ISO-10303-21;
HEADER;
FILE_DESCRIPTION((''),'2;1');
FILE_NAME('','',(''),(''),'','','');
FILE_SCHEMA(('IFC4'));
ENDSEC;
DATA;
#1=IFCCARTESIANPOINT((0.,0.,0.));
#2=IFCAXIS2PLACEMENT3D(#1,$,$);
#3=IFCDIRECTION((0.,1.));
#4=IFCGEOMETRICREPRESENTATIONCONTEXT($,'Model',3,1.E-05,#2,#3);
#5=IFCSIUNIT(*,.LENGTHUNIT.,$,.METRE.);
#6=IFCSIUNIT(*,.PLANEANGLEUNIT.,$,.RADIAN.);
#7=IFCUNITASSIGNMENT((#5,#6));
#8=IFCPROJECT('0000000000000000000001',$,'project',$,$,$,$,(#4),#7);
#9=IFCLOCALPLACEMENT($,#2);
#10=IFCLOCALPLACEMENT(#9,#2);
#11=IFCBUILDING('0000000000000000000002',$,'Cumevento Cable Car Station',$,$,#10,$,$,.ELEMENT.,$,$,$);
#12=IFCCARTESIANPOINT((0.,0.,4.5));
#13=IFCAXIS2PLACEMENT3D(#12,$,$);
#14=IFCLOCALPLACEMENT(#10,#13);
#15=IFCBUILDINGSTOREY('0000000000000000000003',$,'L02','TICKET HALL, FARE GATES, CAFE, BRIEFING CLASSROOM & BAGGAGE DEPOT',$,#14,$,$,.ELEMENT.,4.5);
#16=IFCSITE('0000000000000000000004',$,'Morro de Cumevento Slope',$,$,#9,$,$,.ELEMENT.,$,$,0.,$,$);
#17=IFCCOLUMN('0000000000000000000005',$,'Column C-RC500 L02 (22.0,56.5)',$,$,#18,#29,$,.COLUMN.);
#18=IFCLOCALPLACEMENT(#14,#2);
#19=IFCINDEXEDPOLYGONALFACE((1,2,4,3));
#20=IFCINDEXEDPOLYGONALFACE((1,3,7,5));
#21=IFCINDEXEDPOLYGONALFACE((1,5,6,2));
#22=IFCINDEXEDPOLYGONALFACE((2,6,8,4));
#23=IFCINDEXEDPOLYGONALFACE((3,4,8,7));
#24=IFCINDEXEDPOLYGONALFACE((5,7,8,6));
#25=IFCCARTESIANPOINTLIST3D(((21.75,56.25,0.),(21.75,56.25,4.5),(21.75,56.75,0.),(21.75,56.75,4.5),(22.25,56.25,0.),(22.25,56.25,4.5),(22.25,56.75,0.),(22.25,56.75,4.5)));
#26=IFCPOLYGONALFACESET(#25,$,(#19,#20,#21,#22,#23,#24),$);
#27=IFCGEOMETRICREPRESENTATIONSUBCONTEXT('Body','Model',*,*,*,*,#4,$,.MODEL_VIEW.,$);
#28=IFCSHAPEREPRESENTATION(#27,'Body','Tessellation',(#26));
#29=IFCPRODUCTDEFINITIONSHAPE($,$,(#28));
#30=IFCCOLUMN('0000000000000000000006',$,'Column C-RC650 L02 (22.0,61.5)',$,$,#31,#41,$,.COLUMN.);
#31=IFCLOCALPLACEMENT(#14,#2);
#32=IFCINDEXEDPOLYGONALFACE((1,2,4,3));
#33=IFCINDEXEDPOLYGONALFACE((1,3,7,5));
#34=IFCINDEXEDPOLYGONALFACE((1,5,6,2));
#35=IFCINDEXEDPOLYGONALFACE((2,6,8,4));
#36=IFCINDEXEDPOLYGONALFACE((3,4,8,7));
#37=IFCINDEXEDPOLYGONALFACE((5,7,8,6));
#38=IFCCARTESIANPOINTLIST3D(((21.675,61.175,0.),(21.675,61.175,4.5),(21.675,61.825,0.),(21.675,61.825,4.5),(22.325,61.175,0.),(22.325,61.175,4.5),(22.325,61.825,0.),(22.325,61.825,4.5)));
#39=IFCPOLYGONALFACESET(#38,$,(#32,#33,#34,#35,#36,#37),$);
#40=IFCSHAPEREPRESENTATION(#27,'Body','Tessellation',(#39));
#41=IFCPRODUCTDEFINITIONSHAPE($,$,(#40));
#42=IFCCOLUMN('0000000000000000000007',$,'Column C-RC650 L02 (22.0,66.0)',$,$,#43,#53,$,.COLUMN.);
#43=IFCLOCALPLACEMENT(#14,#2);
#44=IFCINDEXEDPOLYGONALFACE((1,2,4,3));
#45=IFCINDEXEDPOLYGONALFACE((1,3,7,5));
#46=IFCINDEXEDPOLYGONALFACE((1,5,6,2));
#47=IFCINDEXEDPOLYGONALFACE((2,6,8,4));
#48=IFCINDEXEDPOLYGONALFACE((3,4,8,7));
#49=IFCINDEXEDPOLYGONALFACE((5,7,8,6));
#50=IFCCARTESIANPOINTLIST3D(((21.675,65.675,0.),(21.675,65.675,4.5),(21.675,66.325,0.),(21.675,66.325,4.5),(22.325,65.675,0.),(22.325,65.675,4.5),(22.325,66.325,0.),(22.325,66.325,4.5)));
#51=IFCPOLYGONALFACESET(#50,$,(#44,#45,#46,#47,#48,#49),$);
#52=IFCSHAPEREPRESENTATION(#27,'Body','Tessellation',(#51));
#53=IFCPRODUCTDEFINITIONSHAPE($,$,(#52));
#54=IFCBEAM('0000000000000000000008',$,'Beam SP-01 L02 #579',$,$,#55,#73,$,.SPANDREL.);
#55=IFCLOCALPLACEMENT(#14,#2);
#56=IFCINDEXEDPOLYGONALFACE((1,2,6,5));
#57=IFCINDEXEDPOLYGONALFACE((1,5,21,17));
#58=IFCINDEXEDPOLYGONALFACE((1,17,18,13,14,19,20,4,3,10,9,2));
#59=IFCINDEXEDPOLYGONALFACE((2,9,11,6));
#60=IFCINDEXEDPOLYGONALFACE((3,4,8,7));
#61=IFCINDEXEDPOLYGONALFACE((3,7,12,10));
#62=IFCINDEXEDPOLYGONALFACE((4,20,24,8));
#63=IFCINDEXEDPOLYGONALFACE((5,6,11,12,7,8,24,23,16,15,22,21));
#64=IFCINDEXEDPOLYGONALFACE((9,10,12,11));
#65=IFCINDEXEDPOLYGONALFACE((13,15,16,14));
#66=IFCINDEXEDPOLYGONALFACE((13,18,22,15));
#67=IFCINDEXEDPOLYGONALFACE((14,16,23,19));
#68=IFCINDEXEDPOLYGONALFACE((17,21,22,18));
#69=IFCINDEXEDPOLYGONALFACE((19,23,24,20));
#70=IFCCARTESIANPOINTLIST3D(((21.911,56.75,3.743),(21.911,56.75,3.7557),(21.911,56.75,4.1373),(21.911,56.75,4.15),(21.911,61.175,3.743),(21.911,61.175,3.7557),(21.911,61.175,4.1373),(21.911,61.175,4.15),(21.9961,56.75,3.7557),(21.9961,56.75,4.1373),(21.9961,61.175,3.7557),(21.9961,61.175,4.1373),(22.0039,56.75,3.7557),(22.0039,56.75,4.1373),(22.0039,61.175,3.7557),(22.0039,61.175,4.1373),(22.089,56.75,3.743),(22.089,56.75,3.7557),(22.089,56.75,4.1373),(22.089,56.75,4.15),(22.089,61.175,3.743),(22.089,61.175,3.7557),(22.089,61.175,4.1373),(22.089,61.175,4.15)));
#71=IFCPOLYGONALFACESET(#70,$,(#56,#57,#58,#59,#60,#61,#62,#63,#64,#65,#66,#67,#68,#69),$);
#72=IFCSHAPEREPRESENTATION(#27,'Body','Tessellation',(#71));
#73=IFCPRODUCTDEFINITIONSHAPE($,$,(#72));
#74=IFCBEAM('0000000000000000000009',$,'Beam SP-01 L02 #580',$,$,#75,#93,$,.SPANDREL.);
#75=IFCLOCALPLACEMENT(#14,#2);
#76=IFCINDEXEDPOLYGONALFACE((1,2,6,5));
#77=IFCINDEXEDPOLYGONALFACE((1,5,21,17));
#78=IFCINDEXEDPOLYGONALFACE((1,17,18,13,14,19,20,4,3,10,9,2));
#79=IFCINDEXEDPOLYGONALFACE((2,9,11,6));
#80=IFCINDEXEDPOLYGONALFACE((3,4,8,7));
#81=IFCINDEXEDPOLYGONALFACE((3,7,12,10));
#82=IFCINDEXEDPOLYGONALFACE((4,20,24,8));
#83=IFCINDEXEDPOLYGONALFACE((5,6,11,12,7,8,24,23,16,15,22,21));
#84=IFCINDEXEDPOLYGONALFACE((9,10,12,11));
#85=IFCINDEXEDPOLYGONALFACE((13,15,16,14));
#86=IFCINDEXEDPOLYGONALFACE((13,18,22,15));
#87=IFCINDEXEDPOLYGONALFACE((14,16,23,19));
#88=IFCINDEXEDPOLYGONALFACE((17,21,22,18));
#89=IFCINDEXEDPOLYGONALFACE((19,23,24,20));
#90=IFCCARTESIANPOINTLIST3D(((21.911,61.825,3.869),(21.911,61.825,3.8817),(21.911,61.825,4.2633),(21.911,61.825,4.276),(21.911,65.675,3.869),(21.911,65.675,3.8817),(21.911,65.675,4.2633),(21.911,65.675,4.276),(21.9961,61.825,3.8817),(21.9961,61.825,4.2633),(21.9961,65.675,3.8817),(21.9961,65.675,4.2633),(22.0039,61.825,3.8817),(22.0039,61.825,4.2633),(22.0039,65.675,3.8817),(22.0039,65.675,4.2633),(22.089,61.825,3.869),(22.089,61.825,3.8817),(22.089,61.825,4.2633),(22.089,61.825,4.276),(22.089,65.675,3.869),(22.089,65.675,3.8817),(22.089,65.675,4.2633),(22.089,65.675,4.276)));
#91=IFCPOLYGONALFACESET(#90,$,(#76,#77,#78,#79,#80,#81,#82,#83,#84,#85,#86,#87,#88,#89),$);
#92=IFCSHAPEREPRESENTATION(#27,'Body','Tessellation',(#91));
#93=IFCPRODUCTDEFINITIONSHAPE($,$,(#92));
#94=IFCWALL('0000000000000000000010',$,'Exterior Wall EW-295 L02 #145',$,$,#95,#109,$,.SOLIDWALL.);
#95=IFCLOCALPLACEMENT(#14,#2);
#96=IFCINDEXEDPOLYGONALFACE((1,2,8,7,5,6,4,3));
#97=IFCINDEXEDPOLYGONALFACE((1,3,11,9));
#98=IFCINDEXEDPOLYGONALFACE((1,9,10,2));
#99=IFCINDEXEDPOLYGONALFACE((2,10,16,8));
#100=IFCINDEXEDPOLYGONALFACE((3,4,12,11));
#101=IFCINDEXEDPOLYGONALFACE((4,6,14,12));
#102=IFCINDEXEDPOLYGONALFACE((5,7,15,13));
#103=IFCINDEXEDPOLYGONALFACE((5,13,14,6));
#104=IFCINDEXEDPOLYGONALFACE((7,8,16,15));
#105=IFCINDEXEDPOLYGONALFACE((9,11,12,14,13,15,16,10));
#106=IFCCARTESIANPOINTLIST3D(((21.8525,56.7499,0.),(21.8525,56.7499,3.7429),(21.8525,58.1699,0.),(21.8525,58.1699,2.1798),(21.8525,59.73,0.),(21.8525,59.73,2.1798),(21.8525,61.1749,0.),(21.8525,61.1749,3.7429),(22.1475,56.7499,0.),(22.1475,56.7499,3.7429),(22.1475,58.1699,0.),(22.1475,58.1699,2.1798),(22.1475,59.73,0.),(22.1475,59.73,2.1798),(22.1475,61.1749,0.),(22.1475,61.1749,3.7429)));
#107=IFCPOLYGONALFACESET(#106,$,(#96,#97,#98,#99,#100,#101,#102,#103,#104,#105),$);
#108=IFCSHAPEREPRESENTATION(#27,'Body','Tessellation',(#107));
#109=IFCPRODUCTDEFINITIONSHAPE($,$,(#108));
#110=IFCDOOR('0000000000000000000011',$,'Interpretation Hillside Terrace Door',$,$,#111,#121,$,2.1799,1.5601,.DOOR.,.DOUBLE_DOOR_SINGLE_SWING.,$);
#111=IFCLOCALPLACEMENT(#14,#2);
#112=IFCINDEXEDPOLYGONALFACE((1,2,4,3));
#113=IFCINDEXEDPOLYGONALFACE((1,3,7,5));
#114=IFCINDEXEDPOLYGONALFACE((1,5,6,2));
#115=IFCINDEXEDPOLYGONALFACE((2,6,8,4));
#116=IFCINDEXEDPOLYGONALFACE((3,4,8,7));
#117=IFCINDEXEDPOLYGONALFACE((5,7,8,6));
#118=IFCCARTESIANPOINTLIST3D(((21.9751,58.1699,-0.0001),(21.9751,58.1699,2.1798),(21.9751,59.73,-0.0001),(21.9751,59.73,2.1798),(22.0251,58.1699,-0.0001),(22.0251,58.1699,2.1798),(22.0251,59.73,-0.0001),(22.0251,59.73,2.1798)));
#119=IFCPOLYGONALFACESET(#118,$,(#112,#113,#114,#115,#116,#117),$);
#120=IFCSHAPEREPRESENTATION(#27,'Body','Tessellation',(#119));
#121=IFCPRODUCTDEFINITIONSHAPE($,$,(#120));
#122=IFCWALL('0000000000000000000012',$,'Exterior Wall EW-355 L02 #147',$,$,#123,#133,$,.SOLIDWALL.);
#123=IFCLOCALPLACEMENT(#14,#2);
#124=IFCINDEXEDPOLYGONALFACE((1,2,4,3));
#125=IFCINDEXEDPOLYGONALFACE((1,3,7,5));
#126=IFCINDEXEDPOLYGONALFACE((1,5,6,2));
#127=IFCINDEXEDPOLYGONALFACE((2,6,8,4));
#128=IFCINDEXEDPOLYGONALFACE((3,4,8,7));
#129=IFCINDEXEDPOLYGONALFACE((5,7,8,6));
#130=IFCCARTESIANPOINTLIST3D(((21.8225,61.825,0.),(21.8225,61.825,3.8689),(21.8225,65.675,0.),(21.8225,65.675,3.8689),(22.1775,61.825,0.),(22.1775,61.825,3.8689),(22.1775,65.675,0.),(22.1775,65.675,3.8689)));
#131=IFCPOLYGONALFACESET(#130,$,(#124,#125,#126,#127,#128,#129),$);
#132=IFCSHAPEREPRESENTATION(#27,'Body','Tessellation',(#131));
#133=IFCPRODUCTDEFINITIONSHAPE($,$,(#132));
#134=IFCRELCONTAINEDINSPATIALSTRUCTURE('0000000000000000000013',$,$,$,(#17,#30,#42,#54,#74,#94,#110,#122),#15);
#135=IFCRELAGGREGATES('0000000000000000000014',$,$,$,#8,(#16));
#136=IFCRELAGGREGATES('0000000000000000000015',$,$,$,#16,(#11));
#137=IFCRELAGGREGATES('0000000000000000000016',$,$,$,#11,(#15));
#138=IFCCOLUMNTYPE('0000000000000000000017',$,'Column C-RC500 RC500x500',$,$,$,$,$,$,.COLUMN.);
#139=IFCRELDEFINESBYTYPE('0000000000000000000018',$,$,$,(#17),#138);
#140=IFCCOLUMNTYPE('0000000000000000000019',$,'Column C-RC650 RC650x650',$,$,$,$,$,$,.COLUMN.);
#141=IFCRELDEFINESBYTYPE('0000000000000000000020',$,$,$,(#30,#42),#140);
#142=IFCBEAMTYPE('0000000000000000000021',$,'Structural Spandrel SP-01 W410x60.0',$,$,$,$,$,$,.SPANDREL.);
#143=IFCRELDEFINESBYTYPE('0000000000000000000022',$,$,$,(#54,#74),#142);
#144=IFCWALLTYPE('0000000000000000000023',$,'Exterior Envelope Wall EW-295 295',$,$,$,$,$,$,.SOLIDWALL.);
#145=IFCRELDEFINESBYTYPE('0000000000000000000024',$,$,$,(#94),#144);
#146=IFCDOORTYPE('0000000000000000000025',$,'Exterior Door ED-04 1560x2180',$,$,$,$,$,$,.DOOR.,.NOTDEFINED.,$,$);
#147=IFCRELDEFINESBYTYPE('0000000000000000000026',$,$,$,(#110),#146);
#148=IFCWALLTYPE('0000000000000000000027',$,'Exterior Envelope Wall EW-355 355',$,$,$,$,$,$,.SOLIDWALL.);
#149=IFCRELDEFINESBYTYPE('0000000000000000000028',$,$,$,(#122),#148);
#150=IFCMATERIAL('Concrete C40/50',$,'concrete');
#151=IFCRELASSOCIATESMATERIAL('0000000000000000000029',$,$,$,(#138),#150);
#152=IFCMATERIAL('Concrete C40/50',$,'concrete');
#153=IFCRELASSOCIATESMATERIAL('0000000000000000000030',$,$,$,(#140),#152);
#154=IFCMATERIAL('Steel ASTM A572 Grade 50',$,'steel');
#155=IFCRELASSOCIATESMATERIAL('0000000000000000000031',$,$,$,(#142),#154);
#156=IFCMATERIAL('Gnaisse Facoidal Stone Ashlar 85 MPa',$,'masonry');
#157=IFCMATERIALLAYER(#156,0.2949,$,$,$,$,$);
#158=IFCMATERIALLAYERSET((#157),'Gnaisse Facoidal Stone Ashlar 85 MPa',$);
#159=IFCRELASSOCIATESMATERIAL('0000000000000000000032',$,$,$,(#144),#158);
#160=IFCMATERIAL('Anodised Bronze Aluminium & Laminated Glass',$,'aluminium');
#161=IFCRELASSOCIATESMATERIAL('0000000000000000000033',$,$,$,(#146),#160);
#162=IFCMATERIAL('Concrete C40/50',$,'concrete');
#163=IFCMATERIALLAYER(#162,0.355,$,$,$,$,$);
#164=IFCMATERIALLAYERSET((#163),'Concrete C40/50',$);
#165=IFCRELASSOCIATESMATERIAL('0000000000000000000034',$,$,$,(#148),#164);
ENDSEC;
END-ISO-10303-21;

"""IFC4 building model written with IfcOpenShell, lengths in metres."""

from ifc_helpers import new_model, si_unit, direction, frame, frame_2d, origin, origin_2d, place, context, subcontext, project, spatial, rectangle, i_section, extrude, material, layer, layer_set, material_profile, profile_set, type_object, element, fill, save


model = new_model("IFC4")

# Units and contexts
model_context = context("Model", 3, precision=1e-05, world=origin(), true_north=direction((0.0, 1.0)))
body_context = subcontext(model_context, "Body", "Model", "MODEL_VIEW")
ifc_project = project(units=[si_unit("LENGTHUNIT", "METRE"), si_unit("PLANEANGLEUNIT", "RADIAN")], contexts=[model_context])

# Site, building, storey
site_placement = place(None, origin())
site = spatial("IfcSite", under=ifc_project, at=site_placement, Name="Morro de Cumevento Slope", CompositionType="ELEMENT", RefElevation=0.0)
building_placement = place(site_placement, origin())
building = spatial("IfcBuilding", under=site, at=building_placement, Name="Cumevento Cable Car Station", CompositionType="ELEMENT")
storey_placement = place(building_placement, frame((0.0, 0.0, 4.5)))
storey = spatial("IfcBuildingStorey", under=building, at=storey_placement, Name="L02", Description="TICKET HALL, FARE GATES, CAFE, BRIEFING CLASSROOM & BAGGAGE DEPOT", CompositionType="ELEMENT", Elevation=4.5)

# Columns
ifc_material_1 = material(Name="Concrete C40/50", Category="concrete")
ifc_material_profile_1 = material_profile(ifc_material_1, rectangle(XDim=0.5, YDim=0.5, at=origin_2d()), Name="RC500x500")
ifc_profile_set_1 = profile_set([ifc_material_profile_1], Name="Concrete C40/50")
column_type_1 = type_object("IfcColumnType", Name="Column C-RC500 RC500x500", PredefinedType="COLUMN", material=ifc_profile_set_1)
column_placement = place(storey_placement, frame((22.0, 56.5, 0.0), z_axis=(0.0, 0.0, 1.0), x_axis=(1.0, 0.0, 0.0)))
element("IfcColumn", 1, at=column_placement, inside=storey, type_object=column_type_1, Name="Column C-RC500 L02 (22.0,56.5)", PredefinedType="COLUMN", context=body_context, shape_type="SweptSolid", body=[
    extrude(rectangle(XDim=0.5, YDim=0.5, at=origin_2d()), origin(), (0.0, 0.0, 1.0), 4.5),
])
ifc_material_2 = material(Name="Concrete C40/50", Category="concrete")
ifc_material_profile_2 = material_profile(ifc_material_2, rectangle(XDim=0.6499, YDim=0.6499, at=origin_2d()), Name="RC650x650")
ifc_profile_set_2 = profile_set([ifc_material_profile_2], Name="Concrete C40/50")
column_type_2 = type_object("IfcColumnType", Name="Column C-RC650 RC650x650", PredefinedType="COLUMN", material=ifc_profile_set_2)
for number, where, z_axis, x_axis, name in (
    (2, (22.0, 61.5, 0.0), (0.0, 0.0, 1.0), (1.0, 0.0, 0.0), "Column C-RC650 L02 (22.0,61.5)"),
    (3, (22.0, 66.0, 0.0), (0.0, 0.0, 1.0), (1.0, 0.0, 0.0), "Column C-RC650 L02 (22.0,66.0)"),
):
    element("IfcColumn", number, at=place(storey_placement, frame(where, z_axis=z_axis, x_axis=x_axis)), inside=storey, type_object=column_type_2, Name=name, PredefinedType="COLUMN", context=body_context, shape_type="SweptSolid", body=[
        extrude(rectangle(XDim=0.6499, YDim=0.6499, at=origin_2d()), origin(), (0.0, 0.0, 1.0), 4.5),
    ])

# Beams
ifc_material_3 = material(Name="Steel ASTM A572 Grade 50", Category="steel")
ifc_material_profile_3 = material_profile(ifc_material_3, i_section(OverallWidth=0.178, OverallDepth=0.407, WebThickness=0.0078, FlangeThickness=0.0127, at=origin_2d()), Name="W410x60.0")
ifc_profile_set_3 = profile_set([ifc_material_profile_3], Name="Steel ASTM A572 Grade 50")
beam_type = type_object("IfcBeamType", Name="Structural Spandrel SP-01 W410x60.0", PredefinedType="SPANDREL", material=ifc_profile_set_3)
beam_1_placement = place(storey_placement, frame((22.0, 56.75, 3.9465), z_axis=(0.0, 1.0, 0.0), x_axis=(-1.0, 0.0, 0.0)))
element("IfcBeam", 4, at=beam_1_placement, inside=storey, type_object=beam_type, Name="Beam SP-01 L02 #579", PredefinedType="SPANDREL", context=body_context, shape_type="SweptSolid", body=[
    extrude(i_section(OverallWidth=0.178, OverallDepth=0.407, WebThickness=0.0078, FlangeThickness=0.0127, at=origin_2d()), origin(), (0.0, 0.0, 1.0), 4.425),
])
beam_2_placement = place(storey_placement, frame((22.0, 61.825, 4.0725), z_axis=(0.0, 1.0, 0.0), x_axis=(-1.0, 0.0, 0.0)))
element("IfcBeam", 5, at=beam_2_placement, inside=storey, type_object=beam_type, Name="Beam SP-01 L02 #580", PredefinedType="SPANDREL", context=body_context, shape_type="SweptSolid", body=[
    extrude(i_section(OverallWidth=0.178, OverallDepth=0.407, WebThickness=0.0078, FlangeThickness=0.0127, at=origin_2d()), origin(), (0.0, 0.0, 1.0), 3.8501),
])

# Wall, opening, door
ifc_material_4 = material(Name="Gnaisse Facoidal Stone Ashlar 85 MPa", Category="masonry")
ifc_layer_1 = layer(ifc_material_4, 0.2949)
ifc_layer_set_1 = layer_set([ifc_layer_1], Name="Gnaisse Facoidal Stone Ashlar 85 MPa")
wall_type_1 = type_object("IfcWallType", Name="Exterior Envelope Wall EW-295 295", PredefinedType="SOLIDWALL", material=ifc_layer_set_1)
wall_1_placement = place(storey_placement, frame((22.0, 56.75, 0.0), z_axis=(0.0, 0.0, 1.0), x_axis=(0.0, 1.0, 0.0)))
wall_1 = element("IfcWall", 6, at=wall_1_placement, inside=storey, type_object=wall_type_1, Name="Exterior Wall EW-295 L02 #145", PredefinedType="SOLIDWALL", context=body_context, shape_type="SweptSolid", body=[
    extrude(rectangle(XDim=4.425, YDim=0.2949, at=frame_2d((2.2124, 0.0))), origin(), (0.0, 0.0, 1.0), 3.7429),
])
opening_placement = place(wall_1_placement, frame((1.4199, 0.0, 0.0)))
opening = element("IfcOpeningElement", 7, at=opening_placement, cuts=wall_1, PredefinedType="OPENING", context=body_context, shape_type="SweptSolid", body=[
    extrude(rectangle(XDim=1.5601, YDim=2.1799, at=frame_2d((0.78, 1.0898))), frame((0.0, 0.1575, 0.0), z_axis=(0.0, -1.0, 0.0), x_axis=(1.0, 0.0, 0.0)), (0.0, 0.0, 1.0), 0.3149),
])
ifc_material_5 = material(Name="Anodised Bronze Aluminium & Laminated Glass", Category="aluminium")
door_type = type_object("IfcDoorType", Name="Exterior Door ED-04 1560x2180", OperationType="NOTDEFINED", PredefinedType="DOOR", material=ifc_material_5)
door_placement = place(opening_placement, origin())
door = element("IfcDoor", 8, at=door_placement, inside=storey, type_object=door_type, Name="Interpretation Hillside Terrace Door", OperationType="DOUBLE_DOOR_SINGLE_SWING", OverallHeight=2.1799, OverallWidth=1.5601, PredefinedType="DOOR", context=body_context, shape_type="SweptSolid", body=[
    extrude(rectangle(XDim=1.5601, YDim=2.1799, at=frame_2d((0.78, 1.0898))), frame((0.0, 0.0249, 0.0), z_axis=(0.0, -1.0, 0.0), x_axis=(1.0, 0.0, 0.0)), (0.0, 0.0, 1.0), 0.05),
])
fill(opening, door)

# Wall
ifc_material_6 = material(Name="Concrete C40/50", Category="concrete")
ifc_layer_2 = layer(ifc_material_6, 0.355)
ifc_layer_set_2 = layer_set([ifc_layer_2], Name="Concrete C40/50")
wall_type_2 = type_object("IfcWallType", Name="Exterior Envelope Wall EW-355 355", PredefinedType="SOLIDWALL", material=ifc_layer_set_2)
wall_2_placement = place(storey_placement, frame((22.0, 61.825, 0.0), z_axis=(0.0, 0.0, 1.0), x_axis=(0.0, 1.0, 0.0)))
element("IfcWall", 9, at=wall_2_placement, inside=storey, type_object=wall_type_2, Name="Exterior Wall EW-355 L02 #147", PredefinedType="SOLIDWALL", context=body_context, shape_type="SweptSolid", body=[
    extrude(rectangle(XDim=3.8501, YDim=0.355, at=frame_2d((1.925, 0.0))), origin(), (0.0, 0.0, 1.0), 3.8689),
])

save(model, "model.ifc")
